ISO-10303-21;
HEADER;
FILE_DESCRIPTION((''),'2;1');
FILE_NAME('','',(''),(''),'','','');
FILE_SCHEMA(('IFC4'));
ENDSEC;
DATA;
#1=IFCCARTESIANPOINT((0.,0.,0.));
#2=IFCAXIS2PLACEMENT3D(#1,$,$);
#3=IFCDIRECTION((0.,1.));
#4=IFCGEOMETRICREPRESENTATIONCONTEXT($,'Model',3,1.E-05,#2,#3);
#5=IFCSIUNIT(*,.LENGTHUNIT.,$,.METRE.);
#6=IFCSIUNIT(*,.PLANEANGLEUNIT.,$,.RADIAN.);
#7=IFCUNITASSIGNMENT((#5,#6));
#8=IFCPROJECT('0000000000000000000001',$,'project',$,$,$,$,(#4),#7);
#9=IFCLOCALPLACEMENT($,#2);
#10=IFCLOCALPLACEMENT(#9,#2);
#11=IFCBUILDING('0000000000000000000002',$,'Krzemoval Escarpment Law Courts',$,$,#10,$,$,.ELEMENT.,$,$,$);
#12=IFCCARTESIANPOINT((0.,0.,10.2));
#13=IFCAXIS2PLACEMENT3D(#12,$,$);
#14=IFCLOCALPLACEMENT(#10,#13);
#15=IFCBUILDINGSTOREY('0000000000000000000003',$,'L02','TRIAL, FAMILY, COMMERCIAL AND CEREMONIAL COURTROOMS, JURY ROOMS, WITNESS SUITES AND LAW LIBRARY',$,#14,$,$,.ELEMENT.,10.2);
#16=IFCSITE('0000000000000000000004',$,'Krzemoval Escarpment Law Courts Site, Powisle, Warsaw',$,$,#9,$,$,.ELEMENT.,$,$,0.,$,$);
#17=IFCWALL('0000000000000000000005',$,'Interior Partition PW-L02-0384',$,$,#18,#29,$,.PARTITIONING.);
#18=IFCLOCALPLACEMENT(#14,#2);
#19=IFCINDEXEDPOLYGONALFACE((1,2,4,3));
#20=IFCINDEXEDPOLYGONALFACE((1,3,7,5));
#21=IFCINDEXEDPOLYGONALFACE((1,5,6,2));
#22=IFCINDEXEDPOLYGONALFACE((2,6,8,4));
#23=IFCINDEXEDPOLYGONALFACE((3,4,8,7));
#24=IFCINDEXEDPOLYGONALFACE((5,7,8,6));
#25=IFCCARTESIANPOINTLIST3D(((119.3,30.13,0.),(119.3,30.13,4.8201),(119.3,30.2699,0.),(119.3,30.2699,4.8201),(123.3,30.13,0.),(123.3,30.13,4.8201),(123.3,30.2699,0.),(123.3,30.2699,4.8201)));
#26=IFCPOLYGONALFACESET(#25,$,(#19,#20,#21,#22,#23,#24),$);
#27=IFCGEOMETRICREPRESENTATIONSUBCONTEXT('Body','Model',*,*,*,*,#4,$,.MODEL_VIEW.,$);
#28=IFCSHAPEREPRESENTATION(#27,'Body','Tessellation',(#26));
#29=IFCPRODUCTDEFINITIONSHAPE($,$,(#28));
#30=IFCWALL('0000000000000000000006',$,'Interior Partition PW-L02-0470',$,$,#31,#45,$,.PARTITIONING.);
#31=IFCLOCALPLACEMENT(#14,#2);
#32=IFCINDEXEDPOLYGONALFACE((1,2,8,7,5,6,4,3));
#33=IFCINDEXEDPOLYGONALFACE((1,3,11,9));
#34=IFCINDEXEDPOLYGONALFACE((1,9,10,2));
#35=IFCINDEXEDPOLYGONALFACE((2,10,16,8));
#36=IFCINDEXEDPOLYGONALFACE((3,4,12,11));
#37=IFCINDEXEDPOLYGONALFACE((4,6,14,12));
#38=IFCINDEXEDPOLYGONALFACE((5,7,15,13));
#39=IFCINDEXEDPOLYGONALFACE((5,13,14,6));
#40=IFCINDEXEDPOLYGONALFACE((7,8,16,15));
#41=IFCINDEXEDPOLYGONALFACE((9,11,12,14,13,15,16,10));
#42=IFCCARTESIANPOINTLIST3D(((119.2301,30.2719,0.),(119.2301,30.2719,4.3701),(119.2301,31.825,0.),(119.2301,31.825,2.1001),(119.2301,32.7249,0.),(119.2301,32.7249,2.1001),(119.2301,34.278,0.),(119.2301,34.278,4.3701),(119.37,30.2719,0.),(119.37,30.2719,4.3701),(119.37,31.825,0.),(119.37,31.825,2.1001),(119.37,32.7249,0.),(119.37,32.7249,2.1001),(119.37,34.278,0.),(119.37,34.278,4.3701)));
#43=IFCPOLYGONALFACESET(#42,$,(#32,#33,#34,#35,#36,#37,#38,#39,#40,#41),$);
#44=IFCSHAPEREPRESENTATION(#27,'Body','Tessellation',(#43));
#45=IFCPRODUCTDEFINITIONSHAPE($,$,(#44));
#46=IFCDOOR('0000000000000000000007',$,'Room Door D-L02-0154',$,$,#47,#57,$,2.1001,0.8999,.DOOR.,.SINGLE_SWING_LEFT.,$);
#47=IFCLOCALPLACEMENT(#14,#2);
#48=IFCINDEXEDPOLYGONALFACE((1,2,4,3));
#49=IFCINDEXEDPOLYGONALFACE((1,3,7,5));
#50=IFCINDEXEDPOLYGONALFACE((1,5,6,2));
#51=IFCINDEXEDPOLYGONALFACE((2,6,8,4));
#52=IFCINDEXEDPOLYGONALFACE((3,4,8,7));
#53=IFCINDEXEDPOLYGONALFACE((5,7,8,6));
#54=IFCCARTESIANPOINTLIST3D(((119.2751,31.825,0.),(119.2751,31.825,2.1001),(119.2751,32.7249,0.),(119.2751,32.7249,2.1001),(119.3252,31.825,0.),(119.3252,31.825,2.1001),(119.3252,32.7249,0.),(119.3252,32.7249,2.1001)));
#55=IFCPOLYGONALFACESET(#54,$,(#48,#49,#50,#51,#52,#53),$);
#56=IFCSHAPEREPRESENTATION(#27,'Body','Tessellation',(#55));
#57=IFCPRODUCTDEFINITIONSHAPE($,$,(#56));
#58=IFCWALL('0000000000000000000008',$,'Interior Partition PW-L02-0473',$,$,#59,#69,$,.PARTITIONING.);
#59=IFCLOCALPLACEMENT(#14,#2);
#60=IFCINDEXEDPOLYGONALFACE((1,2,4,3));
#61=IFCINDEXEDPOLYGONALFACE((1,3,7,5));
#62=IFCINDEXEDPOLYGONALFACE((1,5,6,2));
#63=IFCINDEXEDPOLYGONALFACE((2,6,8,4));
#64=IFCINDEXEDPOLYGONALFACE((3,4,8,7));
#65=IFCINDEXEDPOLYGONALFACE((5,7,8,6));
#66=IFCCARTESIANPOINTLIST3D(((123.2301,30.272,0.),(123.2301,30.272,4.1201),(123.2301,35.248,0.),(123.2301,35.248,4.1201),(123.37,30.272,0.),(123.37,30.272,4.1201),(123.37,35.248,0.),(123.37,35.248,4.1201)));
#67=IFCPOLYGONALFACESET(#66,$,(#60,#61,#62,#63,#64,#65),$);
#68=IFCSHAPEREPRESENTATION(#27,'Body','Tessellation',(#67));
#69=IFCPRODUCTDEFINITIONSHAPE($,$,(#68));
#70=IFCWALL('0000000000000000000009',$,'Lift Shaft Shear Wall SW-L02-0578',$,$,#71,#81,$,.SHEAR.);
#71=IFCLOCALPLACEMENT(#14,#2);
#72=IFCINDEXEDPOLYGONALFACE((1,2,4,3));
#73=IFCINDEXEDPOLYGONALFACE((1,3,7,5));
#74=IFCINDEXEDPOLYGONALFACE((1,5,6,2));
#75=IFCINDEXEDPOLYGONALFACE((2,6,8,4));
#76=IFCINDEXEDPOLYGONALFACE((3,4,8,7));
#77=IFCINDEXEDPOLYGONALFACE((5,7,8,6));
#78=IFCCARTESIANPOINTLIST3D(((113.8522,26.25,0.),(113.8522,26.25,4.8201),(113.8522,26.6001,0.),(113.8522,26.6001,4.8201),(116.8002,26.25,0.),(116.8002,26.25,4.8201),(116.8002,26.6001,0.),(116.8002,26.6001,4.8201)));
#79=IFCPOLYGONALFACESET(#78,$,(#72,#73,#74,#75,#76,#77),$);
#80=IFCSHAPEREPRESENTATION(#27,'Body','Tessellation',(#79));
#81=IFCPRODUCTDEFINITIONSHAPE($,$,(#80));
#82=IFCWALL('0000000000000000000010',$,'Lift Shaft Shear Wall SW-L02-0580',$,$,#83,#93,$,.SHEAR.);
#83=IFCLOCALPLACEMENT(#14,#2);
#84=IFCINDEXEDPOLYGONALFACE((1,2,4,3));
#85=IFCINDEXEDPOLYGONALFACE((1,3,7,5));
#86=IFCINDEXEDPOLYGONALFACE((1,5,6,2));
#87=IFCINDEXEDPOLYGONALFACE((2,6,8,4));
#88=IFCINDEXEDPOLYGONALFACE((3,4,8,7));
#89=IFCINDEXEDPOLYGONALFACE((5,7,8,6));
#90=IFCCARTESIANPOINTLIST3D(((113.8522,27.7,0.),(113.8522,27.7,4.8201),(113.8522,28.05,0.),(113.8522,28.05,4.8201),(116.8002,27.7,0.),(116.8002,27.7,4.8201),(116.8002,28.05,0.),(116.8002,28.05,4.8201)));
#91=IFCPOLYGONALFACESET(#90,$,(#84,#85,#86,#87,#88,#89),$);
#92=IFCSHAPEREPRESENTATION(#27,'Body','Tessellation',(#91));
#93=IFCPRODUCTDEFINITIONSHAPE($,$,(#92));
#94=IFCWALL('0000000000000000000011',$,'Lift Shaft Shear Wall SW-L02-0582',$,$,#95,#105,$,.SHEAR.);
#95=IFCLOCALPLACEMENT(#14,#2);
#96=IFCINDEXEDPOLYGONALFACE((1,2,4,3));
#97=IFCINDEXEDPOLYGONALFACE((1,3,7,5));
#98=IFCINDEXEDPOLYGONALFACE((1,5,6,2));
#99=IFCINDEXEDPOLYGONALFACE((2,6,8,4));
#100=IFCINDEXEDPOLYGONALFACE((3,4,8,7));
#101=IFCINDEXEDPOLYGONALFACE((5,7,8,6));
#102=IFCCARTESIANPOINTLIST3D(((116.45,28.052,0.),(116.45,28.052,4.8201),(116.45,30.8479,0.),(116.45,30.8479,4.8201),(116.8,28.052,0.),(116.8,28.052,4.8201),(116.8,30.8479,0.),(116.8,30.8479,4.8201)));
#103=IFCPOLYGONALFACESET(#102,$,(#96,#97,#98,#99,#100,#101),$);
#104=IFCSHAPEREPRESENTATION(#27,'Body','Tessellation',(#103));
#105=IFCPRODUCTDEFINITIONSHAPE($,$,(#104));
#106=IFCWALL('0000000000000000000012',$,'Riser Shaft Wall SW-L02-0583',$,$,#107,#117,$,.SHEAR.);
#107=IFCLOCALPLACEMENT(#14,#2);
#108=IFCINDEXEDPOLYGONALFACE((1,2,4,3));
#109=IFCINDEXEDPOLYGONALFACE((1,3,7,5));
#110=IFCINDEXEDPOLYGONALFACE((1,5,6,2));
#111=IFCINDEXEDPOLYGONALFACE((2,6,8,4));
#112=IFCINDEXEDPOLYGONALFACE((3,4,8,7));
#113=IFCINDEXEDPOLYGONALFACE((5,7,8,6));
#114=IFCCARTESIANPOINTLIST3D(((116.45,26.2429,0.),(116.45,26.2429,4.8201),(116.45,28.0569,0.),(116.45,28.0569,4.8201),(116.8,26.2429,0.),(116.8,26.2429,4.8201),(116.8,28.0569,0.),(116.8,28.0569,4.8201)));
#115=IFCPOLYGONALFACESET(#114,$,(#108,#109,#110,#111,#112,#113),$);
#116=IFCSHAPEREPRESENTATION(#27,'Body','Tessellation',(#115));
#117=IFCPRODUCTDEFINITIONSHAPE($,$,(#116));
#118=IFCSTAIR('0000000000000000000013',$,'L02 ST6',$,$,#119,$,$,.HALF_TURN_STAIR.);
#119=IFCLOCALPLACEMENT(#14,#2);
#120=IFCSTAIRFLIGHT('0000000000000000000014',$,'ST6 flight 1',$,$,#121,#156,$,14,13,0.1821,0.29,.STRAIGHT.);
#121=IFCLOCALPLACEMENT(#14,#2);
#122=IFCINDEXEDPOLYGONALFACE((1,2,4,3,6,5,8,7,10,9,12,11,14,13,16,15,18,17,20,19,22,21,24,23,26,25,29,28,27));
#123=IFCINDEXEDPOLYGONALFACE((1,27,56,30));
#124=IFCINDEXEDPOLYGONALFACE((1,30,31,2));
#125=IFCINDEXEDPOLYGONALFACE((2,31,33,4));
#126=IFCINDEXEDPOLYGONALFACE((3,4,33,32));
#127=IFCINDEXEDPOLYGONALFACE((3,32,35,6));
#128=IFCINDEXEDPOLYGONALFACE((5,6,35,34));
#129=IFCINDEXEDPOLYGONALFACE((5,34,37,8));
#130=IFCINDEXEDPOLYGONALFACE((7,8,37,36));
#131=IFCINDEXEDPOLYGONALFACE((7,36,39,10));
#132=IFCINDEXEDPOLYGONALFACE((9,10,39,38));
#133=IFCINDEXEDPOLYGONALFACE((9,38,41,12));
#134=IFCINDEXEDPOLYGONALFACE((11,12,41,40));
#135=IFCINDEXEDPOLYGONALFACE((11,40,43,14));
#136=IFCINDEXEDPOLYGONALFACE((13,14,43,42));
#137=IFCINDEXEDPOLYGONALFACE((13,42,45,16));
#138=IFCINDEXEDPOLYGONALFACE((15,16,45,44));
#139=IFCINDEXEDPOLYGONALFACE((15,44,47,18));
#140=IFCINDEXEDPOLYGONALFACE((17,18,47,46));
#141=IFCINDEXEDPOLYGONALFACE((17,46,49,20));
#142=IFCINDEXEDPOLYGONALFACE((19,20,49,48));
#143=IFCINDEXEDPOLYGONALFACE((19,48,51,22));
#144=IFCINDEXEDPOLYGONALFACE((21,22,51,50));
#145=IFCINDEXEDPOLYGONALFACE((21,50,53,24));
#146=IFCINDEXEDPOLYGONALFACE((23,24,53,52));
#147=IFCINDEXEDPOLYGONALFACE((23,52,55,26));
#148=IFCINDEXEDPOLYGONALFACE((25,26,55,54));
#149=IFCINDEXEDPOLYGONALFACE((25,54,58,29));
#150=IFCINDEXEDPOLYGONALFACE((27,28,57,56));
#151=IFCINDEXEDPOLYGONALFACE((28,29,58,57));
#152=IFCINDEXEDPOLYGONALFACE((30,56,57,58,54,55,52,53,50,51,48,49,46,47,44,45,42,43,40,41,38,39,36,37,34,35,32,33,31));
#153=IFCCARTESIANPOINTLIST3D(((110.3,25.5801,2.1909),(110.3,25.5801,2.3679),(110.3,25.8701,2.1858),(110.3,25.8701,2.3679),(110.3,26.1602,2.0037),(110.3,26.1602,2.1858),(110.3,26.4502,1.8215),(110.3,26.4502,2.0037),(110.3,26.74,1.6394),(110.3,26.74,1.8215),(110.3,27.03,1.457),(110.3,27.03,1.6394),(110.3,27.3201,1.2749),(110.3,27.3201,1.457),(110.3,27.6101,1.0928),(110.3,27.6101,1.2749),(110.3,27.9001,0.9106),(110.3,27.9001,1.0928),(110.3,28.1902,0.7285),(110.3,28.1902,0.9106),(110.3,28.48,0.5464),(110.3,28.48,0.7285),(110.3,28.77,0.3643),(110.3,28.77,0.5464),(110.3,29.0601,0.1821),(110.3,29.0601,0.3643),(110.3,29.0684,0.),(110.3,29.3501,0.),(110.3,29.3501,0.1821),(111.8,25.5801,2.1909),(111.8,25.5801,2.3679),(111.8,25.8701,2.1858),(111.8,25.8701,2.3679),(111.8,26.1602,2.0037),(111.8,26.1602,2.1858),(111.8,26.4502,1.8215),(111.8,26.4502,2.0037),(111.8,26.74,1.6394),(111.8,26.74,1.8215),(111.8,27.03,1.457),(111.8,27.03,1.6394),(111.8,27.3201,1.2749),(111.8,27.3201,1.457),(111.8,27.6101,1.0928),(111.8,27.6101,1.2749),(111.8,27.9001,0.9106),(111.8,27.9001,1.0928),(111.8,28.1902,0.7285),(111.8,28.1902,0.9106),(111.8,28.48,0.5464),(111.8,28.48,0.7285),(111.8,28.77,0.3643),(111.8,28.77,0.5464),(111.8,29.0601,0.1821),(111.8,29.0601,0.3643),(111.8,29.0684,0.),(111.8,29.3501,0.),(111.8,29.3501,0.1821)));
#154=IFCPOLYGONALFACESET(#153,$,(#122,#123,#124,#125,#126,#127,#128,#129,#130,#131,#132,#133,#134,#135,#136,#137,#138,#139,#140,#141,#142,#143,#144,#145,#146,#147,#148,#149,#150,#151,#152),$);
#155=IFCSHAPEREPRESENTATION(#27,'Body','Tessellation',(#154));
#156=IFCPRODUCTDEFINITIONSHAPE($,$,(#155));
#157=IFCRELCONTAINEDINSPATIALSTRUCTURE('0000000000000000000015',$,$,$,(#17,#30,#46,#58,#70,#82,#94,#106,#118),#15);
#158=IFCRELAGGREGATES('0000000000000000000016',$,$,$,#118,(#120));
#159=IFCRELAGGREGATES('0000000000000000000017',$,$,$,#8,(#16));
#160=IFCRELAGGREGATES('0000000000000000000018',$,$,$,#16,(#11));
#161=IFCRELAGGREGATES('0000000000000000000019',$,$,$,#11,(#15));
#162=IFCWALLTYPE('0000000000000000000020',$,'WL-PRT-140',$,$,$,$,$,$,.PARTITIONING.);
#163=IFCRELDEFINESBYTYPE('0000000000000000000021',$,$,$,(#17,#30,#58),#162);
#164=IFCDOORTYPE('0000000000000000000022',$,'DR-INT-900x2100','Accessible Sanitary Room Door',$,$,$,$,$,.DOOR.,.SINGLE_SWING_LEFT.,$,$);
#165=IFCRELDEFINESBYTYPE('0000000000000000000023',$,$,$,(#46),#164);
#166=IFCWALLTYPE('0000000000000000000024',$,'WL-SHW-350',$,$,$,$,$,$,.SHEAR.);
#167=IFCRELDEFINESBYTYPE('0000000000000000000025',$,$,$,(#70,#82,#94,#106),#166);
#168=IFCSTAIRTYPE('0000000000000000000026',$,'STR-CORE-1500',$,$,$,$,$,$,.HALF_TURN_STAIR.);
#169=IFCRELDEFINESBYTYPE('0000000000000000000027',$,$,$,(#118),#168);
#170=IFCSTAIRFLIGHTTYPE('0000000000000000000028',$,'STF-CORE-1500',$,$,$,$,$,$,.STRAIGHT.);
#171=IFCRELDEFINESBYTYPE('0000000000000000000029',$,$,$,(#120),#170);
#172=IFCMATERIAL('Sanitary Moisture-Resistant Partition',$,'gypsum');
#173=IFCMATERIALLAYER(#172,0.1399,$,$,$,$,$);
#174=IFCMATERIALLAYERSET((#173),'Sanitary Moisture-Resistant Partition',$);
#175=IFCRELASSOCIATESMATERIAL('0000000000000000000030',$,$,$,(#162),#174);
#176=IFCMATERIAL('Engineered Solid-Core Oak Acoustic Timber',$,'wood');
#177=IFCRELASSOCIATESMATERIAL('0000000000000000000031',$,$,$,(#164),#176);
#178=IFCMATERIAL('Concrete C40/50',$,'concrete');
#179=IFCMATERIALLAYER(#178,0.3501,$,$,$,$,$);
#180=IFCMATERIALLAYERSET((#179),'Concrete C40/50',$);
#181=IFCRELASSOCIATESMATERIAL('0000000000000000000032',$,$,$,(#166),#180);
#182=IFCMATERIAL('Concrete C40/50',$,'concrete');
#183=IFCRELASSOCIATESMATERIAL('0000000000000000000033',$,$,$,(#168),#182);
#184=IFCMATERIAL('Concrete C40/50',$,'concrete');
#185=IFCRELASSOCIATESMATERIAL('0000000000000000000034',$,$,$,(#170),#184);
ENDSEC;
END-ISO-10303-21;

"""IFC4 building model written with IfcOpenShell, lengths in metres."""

from ifc_helpers import new_model, si_unit, direction, frame, frame_2d, origin, place, context, subcontext, project, spatial, polyline, rectangle, outline, extrude, material, layer, layer_set, type_object, element, fill, aggregate, save


model = new_model("IFC4")

# Units and contexts
model_context = context("Model", 3, precision=1e-05, world=origin(), true_north=direction((0.0, 1.0)))
body_context = subcontext(model_context, "Body", "Model", "MODEL_VIEW")
ifc_project = project(units=[si_unit("LENGTHUNIT", "METRE"), si_unit("PLANEANGLEUNIT", "RADIAN")], contexts=[model_context])

# Site, building, storey
site_placement = place(None, origin())
site = spatial("IfcSite", under=ifc_project, at=site_placement, Name="Krzemoval Escarpment Law Courts Site, Powisle, Warsaw", CompositionType="ELEMENT", RefElevation=0.0)
building_placement = place(site_placement, origin())
building = spatial("IfcBuilding", under=site, at=building_placement, Name="Krzemoval Escarpment Law Courts", CompositionType="ELEMENT")
storey_placement = place(building_placement, frame((0.0, 0.0, 10.2)))
storey = spatial("IfcBuildingStorey", under=building, at=storey_placement, Name="L02", Description="TRIAL, FAMILY, COMMERCIAL AND CEREMONIAL COURTROOMS, JURY ROOMS, WITNESS SUITES AND LAW LIBRARY", CompositionType="ELEMENT", Elevation=10.2)

# Wall
ifc_material_1 = material(Name="Sanitary Moisture-Resistant Partition", Category="gypsum")
ifc_layer_1 = layer(ifc_material_1, 0.1399)
ifc_layer_set_1 = layer_set([ifc_layer_1], Name="Sanitary Moisture-Resistant Partition")
wall_type_1 = type_object("IfcWallType", Name="WL-PRT-140", PredefinedType="PARTITIONING", material=ifc_layer_set_1)
wall_1_placement = place(storey_placement, frame((119.3, 30.2, 0.0), z_axis=(0.0, 0.0, 1.0), x_axis=(1.0, 0.0, 0.0)))
element("IfcWall", 1, at=wall_1_placement, inside=storey, type_object=wall_type_1, Name="Interior Partition PW-L02-0384", PredefinedType="PARTITIONING", context=body_context, shape_type="SweptSolid", body=[
    extrude(rectangle(XDim=4.0, YDim=0.1399, at=frame_2d((2.0, 0.0))), origin(), (0.0, 0.0, 1.0), 4.8201),
])

# Wall, opening, door
wall_2_placement = place(storey_placement, frame((119.3, 30.272, 0.0), z_axis=(0.0, 0.0, 1.0), x_axis=(0.0, 1.0, 0.0)))
wall_2 = element("IfcWall", 2, at=wall_2_placement, inside=storey, type_object=wall_type_1, Name="Interior Partition PW-L02-0470", PredefinedType="PARTITIONING", context=body_context, shape_type="SweptSolid", body=[
    extrude(rectangle(XDim=4.0061, YDim=0.1399, at=frame_2d((2.0029, 0.0))), origin(), (0.0, 0.0, 1.0), 4.3701),
])
opening_1_placement = place(wall_2_placement, frame((1.553, 0.0, 0.0)))
opening_1 = element("IfcOpeningElement", 3, at=opening_1_placement, cuts=wall_2, PredefinedType="OPENING", context=body_context, shape_type="SweptSolid", body=[
    extrude(rectangle(XDim=0.8999, YDim=2.1001, at=frame_2d((0.45, 1.05))), frame((0.0, 0.0849, 0.0), z_axis=(0.0, -1.0, 0.0), x_axis=(1.0, 0.0, 0.0)), (0.0, 0.0, 1.0), 0.1699),
])
ifc_material_2 = material(Name="Engineered Solid-Core Oak Acoustic Timber", Category="wood")
door_type_1 = type_object("IfcDoorType", Name="DR-INT-900x2100", Description="Accessible Sanitary Room Door", OperationType="SINGLE_SWING_LEFT", PredefinedType="DOOR", material=ifc_material_2)
door_1_placement = place(opening_1_placement, origin())
door_1 = element("IfcDoor", 4, at=door_1_placement, inside=storey, type_object=door_type_1, Name="Room Door D-L02-0154", OperationType="SINGLE_SWING_LEFT", OverallHeight=2.1001, OverallWidth=0.8999, PredefinedType="DOOR", context=body_context, shape_type="SweptSolid", body=[
    extrude(rectangle(XDim=0.8999, YDim=2.1001, at=frame_2d((0.45, 1.05))), frame((0.0, 0.0249, 0.0), z_axis=(0.0, -1.0, 0.0), x_axis=(1.0, 0.0, 0.0)), (0.0, 0.0, 1.0), 0.05),
])
fill(opening_1, door_1)

# Walls
wall_3_placement = place(storey_placement, frame((123.3, 30.272, 0.0), z_axis=(0.0, 0.0, 1.0), x_axis=(0.0, 1.0, 0.0)))
element("IfcWall", 5, at=wall_3_placement, inside=storey, type_object=wall_type_1, Name="Interior Partition PW-L02-0473", PredefinedType="PARTITIONING", context=body_context, shape_type="SweptSolid", body=[
    extrude(rectangle(XDim=4.9761, YDim=0.1399, at=frame_2d((2.488, 0.0))), origin(), (0.0, 0.0, 1.0), 4.1201),
])
ifc_material_3 = material(Name="Concrete C40/50", Category="concrete")
ifc_layer_2 = layer(ifc_material_3, 0.3501)
ifc_layer_set_2 = layer_set([ifc_layer_2], Name="Concrete C40/50")
wall_type_2 = type_object("IfcWallType", Name="WL-SHW-350", PredefinedType="SHEAR", material=ifc_layer_set_2)
for number, where, z_axis, x_axis, name in (
    (6, (113.8521, 26.425, 0.0), (0.0, 0.0, 1.0), (1.0, 0.0, 0.0), "Lift Shaft Shear Wall SW-L02-0578"),
    (7, (113.8521, 27.875, 0.0), (0.0, 0.0, 1.0), (1.0, 0.0, 0.0), "Lift Shaft Shear Wall SW-L02-0580"),
):
    element("IfcWall", number, at=place(storey_placement, frame(where, z_axis=z_axis, x_axis=x_axis)), inside=storey, type_object=wall_type_2, Name=name, PredefinedType="SHEAR", context=body_context, shape_type="SweptSolid", body=[
        extrude(rectangle(XDim=2.948, YDim=0.3501, at=frame_2d((1.4741, 0.0))), origin(), (0.0, 0.0, 1.0), 4.8201),
    ])

# Walls
wall_4_placement = place(storey_placement, frame((116.625, 28.052, 0.0), z_axis=(0.0, 0.0, 1.0), x_axis=(0.0, 1.0, 0.0)))
element("IfcWall", 8, at=wall_4_placement, inside=storey, type_object=wall_type_2, Name="Lift Shaft Shear Wall SW-L02-0582", PredefinedType="SHEAR", context=body_context, shape_type="SweptSolid", body=[
    extrude(rectangle(XDim=2.7959, YDim=0.3501, at=frame_2d((1.3979, 0.0))), origin(), (0.0, 0.0, 1.0), 4.8201),
])
wall_5_placement = place(storey_placement, frame((116.625, 26.2429, 0.0), z_axis=(0.0, 0.0, 1.0), x_axis=(0.0, 1.0, 0.0)))
element("IfcWall", 9, at=wall_5_placement, inside=storey, type_object=wall_type_2, Name="Riser Shaft Wall SW-L02-0583", PredefinedType="SHEAR", context=body_context, shape_type="SweptSolid", body=[
    extrude(rectangle(XDim=1.814, YDim=0.3501, at=frame_2d((0.907, 0.0))), origin(), (0.0, 0.0, 1.0), 4.8201),
])

# Stair, stair flight
ifc_material_4 = material(Name="Concrete C40/50", Category="concrete")
stair_type = type_object("IfcStairType", Name="STR-CORE-1500", PredefinedType="HALF_TURN_STAIR", material=ifc_material_4)
stair_placement = place(storey_placement, origin())
stair = element("IfcStair", 10, at=stair_placement, inside=storey, type_object=stair_type, Name="L02 ST6", PredefinedType="HALF_TURN_STAIR")
ifc_material_5 = material(Name="Concrete C40/50", Category="concrete")
stair_flight_type = type_object("IfcStairFlightType", Name="STF-CORE-1500", PredefinedType="STRAIGHT", material=ifc_material_5)
stair_flight_placement = place(storey_placement, frame((111.05, 29.3501, 0.0), z_axis=(0.0, 0.0, 1.0), x_axis=(0.0, -1.0, 0.0)))
stair_flight = element("IfcStairFlight", 11, at=stair_flight_placement, type_object=stair_flight_type, Name="ST6 flight 1", NumberOfRisers=14, NumberOfTreads=13, PredefinedType="STRAIGHT", RiserHeight=0.1821, TreadLength=0.29, context=body_context, shape_type="SweptSolid", body=[
    extrude(outline(polyline([(0.0, 0.0), (0.0, 0.1821), (0.29, 0.1821), (0.29, 0.3643), (0.5801, 0.3643), (0.5801, 0.5464), (0.8701, 0.5464), (0.8701, 0.7285), (1.1599, 0.7285), (1.1599, 0.9106), (1.45, 0.9106), (1.45, 1.0928), (1.74, 1.0928), (1.74, 1.2749), (2.03, 1.2749), (2.03, 1.457), (2.3201, 1.457), (2.3201, 1.6394), (2.6101, 1.6394), (2.6101, 1.8215), (2.8999, 1.8215), (2.8999, 2.0037), (3.1899, 2.0037), (3.1899, 2.1858), (3.48, 2.1858), (3.48, 2.3679), (3.77, 2.3679), (3.77, 2.55), (3.77, 2.1909), (0.2817, 0.0), (0.0, 0.0)])), frame((0.0, 0.75, 0.0), z_axis=(0.0, -1.0, 0.0), x_axis=(1.0, 0.0, 0.0)), (0.0, 0.0, 1.0), 1.5),
])
aggregate(stair, [stair_flight])

save(model, "model.ifc")
